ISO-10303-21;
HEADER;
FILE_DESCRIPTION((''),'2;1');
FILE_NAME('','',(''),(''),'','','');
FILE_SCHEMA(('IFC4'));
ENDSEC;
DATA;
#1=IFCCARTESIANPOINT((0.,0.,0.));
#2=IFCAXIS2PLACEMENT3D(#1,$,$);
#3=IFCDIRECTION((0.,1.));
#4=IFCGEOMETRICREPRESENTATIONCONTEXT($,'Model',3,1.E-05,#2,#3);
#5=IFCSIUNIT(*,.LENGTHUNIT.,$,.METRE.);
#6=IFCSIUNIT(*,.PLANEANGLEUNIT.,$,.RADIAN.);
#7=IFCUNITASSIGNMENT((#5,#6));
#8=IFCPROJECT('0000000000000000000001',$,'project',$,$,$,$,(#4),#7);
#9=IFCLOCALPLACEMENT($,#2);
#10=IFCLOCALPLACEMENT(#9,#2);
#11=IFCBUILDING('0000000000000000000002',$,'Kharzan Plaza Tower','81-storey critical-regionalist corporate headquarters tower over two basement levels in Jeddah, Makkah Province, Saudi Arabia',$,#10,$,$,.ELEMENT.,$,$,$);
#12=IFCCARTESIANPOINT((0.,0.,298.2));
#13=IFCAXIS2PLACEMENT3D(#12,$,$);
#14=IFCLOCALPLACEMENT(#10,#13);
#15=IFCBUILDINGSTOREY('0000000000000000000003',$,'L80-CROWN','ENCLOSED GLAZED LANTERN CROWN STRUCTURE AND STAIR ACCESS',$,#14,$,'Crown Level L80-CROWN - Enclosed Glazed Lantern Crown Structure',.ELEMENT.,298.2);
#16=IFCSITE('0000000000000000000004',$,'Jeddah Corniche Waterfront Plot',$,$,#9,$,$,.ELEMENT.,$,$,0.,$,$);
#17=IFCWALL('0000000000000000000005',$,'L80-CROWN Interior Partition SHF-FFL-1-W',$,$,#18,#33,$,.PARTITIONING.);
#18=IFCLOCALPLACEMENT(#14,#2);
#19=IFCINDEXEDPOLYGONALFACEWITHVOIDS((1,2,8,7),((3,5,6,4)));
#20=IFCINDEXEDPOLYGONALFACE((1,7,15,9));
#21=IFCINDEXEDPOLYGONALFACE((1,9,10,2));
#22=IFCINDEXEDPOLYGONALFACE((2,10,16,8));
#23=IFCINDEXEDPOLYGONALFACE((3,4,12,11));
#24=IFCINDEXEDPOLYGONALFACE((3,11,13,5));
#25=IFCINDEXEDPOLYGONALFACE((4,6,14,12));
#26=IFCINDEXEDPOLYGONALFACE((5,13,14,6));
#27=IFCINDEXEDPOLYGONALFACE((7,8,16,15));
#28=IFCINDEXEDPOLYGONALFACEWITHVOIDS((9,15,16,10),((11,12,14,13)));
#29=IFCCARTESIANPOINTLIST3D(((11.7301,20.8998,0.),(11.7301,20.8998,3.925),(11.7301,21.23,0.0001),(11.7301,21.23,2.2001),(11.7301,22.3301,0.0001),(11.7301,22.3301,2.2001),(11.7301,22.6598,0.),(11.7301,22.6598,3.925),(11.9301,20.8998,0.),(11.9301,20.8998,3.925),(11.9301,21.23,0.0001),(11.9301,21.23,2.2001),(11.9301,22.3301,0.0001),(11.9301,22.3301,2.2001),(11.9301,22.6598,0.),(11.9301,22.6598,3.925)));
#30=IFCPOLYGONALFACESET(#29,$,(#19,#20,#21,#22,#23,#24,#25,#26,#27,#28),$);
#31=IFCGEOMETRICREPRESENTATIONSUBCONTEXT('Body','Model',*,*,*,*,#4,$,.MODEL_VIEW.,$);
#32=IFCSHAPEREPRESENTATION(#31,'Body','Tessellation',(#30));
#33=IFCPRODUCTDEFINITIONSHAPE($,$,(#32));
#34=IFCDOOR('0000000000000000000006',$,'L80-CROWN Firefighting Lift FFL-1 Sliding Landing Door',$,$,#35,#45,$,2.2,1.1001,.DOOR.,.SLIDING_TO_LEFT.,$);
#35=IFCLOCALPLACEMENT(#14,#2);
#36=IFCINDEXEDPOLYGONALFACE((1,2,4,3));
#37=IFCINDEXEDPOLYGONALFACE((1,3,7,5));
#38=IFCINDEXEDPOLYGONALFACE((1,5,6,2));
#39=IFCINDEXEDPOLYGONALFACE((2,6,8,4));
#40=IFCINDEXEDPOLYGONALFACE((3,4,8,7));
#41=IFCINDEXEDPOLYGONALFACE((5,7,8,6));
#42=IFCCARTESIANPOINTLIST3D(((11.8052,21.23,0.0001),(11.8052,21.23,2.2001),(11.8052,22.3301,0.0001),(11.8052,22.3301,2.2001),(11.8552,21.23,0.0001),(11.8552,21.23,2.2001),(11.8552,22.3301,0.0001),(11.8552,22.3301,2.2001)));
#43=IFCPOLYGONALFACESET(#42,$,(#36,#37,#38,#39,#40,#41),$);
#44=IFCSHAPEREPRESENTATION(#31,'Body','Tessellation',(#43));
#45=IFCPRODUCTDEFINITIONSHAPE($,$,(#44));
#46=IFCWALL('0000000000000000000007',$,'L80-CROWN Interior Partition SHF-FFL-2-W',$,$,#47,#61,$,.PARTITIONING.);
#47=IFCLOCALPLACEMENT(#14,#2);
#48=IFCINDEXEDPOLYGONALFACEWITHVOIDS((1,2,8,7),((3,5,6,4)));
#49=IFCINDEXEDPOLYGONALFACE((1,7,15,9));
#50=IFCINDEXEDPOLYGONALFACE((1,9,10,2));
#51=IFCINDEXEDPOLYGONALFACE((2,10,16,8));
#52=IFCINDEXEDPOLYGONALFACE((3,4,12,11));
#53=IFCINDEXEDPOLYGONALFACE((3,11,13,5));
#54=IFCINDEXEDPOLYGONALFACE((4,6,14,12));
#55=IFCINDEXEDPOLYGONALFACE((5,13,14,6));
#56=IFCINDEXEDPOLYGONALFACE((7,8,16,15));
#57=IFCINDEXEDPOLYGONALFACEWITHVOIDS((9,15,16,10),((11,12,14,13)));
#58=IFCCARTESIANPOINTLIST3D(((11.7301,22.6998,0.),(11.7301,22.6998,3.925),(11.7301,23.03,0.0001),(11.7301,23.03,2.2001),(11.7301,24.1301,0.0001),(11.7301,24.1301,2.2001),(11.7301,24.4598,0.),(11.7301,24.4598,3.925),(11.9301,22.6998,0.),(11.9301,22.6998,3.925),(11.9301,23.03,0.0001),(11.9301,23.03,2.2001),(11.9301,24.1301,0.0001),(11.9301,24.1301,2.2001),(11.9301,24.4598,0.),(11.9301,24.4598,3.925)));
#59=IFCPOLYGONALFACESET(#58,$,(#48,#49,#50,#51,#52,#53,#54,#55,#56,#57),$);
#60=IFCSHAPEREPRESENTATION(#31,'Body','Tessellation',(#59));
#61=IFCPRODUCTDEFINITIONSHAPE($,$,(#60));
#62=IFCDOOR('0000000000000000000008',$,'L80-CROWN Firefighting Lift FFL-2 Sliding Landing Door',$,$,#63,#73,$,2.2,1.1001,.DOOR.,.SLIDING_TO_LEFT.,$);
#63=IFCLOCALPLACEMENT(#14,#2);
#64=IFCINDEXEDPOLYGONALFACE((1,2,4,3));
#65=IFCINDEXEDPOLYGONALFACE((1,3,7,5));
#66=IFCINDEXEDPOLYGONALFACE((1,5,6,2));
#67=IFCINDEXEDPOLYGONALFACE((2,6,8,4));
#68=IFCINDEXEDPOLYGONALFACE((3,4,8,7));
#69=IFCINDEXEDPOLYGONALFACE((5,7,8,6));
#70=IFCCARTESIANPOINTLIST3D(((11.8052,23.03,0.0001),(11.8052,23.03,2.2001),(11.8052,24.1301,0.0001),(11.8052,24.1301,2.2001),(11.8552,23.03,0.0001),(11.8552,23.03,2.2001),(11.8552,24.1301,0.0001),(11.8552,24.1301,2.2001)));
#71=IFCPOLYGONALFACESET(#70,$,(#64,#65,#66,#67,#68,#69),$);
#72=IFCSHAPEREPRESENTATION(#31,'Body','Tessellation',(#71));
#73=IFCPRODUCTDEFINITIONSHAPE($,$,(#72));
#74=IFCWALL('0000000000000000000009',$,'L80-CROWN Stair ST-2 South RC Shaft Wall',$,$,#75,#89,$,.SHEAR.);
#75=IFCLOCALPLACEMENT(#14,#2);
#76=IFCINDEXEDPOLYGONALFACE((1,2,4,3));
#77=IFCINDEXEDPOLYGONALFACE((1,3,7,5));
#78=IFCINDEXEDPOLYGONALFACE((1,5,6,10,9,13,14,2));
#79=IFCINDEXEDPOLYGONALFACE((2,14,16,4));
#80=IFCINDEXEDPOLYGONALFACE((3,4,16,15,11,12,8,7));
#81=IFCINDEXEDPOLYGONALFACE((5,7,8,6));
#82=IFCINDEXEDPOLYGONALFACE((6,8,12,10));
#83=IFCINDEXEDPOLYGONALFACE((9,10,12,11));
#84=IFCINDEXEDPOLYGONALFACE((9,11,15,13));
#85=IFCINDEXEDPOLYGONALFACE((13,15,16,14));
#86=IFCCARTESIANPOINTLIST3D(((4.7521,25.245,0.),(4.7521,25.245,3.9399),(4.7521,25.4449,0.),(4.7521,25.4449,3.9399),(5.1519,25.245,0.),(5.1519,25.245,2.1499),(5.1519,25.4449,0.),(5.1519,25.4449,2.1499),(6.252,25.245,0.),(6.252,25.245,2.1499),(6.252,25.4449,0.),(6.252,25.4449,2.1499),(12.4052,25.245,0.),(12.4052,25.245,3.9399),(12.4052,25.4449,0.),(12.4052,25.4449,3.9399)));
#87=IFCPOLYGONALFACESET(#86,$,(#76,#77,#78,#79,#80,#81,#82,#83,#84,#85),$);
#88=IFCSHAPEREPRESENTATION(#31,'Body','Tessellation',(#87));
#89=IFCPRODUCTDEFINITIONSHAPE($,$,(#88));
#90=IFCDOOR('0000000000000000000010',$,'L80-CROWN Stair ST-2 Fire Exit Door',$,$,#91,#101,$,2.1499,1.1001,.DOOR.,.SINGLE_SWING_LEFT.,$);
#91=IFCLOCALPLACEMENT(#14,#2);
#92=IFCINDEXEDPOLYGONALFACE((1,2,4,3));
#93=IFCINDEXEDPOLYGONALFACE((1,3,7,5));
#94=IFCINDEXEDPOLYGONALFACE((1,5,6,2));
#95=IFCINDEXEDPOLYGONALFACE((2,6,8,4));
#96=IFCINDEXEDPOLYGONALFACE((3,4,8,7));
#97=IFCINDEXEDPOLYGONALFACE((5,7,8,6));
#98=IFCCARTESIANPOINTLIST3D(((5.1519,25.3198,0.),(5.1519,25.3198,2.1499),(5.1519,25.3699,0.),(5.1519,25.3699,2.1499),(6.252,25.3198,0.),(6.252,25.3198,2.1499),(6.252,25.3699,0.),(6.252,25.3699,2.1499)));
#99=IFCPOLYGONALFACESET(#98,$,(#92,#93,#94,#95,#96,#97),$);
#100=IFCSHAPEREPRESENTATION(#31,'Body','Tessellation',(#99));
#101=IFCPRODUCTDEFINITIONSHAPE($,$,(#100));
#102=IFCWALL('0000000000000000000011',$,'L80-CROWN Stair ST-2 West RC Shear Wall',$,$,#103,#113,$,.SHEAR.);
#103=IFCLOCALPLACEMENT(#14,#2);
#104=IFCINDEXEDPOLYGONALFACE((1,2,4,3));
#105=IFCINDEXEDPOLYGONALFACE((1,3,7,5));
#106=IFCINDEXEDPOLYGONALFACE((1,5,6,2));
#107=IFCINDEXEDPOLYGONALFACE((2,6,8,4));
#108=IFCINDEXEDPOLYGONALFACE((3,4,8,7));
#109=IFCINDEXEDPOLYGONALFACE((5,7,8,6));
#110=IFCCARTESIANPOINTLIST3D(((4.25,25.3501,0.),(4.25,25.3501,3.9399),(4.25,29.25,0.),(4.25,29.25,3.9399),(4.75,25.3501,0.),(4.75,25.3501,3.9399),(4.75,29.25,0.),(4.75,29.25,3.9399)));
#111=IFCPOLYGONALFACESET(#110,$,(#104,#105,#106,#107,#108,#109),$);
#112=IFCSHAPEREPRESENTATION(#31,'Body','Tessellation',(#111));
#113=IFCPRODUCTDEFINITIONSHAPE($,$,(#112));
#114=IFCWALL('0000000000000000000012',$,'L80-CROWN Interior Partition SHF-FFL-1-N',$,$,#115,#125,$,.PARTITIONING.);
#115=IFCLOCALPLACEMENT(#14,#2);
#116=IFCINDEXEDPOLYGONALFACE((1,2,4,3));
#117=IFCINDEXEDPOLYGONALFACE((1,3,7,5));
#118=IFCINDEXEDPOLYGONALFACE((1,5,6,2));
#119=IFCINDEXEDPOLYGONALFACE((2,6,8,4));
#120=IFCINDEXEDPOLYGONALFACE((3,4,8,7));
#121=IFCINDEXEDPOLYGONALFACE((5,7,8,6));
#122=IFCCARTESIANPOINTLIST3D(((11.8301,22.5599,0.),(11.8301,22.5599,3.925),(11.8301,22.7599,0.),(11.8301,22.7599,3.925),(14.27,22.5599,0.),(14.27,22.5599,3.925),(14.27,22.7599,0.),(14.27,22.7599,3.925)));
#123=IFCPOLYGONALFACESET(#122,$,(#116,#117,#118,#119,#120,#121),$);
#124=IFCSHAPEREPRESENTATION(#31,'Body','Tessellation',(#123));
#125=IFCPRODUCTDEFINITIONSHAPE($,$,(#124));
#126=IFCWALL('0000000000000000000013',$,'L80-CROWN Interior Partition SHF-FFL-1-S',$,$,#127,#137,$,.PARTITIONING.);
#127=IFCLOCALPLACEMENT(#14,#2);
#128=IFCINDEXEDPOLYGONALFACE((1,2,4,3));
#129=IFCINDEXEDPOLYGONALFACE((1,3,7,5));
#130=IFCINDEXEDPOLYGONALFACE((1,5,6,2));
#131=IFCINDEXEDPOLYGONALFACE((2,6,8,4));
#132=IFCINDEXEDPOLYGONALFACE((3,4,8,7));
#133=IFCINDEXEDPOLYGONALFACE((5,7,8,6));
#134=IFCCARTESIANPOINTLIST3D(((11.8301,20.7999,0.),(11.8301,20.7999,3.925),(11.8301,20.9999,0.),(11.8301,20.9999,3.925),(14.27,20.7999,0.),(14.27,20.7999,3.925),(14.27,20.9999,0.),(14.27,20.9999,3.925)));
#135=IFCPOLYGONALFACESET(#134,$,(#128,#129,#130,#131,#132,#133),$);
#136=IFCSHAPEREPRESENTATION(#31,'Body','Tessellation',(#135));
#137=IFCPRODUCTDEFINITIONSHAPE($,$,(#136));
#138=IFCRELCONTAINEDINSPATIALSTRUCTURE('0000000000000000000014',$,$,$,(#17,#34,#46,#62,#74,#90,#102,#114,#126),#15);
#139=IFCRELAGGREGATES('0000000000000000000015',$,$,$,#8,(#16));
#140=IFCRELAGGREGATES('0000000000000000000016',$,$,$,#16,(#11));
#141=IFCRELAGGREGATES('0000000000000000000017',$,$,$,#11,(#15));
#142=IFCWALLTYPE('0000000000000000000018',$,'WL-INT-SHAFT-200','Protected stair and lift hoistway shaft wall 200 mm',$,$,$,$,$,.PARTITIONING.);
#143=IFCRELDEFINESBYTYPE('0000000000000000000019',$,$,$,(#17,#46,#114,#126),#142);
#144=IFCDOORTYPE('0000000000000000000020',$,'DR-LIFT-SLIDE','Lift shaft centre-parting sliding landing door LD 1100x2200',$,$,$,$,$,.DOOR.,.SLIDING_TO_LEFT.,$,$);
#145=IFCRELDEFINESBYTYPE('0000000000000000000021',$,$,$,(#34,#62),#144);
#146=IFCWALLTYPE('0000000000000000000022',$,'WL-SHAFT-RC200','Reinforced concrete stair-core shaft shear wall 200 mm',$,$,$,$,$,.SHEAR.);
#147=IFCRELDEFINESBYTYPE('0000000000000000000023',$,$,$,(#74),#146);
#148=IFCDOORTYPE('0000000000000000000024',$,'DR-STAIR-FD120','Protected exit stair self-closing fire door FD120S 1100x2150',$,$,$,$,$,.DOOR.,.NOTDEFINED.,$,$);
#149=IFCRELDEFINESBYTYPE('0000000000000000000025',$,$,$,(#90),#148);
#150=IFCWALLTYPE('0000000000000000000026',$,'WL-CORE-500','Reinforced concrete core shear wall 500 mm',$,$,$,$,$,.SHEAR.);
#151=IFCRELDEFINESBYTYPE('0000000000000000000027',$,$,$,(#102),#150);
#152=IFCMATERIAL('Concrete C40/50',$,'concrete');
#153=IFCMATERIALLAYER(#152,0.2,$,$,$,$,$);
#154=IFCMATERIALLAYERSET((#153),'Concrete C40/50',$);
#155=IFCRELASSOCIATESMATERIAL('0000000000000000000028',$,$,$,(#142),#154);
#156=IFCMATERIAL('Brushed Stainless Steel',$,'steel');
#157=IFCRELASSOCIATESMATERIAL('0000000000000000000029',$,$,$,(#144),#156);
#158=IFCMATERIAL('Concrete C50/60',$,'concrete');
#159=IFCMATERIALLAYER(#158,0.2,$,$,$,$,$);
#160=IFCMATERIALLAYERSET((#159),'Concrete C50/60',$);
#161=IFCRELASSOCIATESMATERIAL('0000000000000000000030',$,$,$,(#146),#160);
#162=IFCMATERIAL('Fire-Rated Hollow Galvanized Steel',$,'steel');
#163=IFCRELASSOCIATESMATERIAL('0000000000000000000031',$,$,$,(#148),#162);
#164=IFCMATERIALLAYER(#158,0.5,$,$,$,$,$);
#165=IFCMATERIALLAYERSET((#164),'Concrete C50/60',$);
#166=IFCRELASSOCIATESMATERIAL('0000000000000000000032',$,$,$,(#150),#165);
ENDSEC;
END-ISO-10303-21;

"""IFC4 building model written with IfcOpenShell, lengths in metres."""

from ifc_helpers import new_model, si_unit, direction, frame, frame_2d, origin, place, context, subcontext, project, spatial, rectangle, extrude, source, transform, mapped, material, layer, layer_set, type_object, element, fill, save


model = new_model("IFC4")

# Units and contexts
model_context = context("Model", 3, precision=1e-05, world=origin(), true_north=direction((0.0, 1.0)))
body_context = subcontext(model_context, "Body", "Model", "MODEL_VIEW")
ifc_project = project(units=[si_unit("LENGTHUNIT", "METRE"), si_unit("PLANEANGLEUNIT", "RADIAN")], contexts=[model_context])

# Site, building, storey
site_placement = place(None, origin())
site = spatial("IfcSite", under=ifc_project, at=site_placement, Name="Jeddah Corniche Waterfront Plot", CompositionType="ELEMENT", RefElevation=0.0)
building_placement = place(site_placement, origin())
building = spatial("IfcBuilding", under=site, at=building_placement, Name="Kharzan Plaza Tower", Description="81-storey critical-regionalist corporate headquarters tower over two basement levels in Jeddah, Makkah Province, Saudi Arabia", CompositionType="ELEMENT")
storey_placement = place(building_placement, frame((0.0, 0.0, 298.2)))
storey = spatial("IfcBuildingStorey", under=building, at=storey_placement, Name="L80-CROWN", Description="ENCLOSED GLAZED LANTERN CROWN STRUCTURE AND STAIR ACCESS", LongName="Crown Level L80-CROWN - Enclosed Glazed Lantern Crown Structure", CompositionType="ELEMENT", Elevation=298.2)

# Walls, openings, doors
ifc_material_1 = material(Name="Concrete C40/50", Category="concrete")
ifc_layer_1 = layer(ifc_material_1, 0.2)
ifc_layer_set_1 = layer_set([ifc_layer_1], Name="Concrete C40/50")
wall_type_1 = type_object("IfcWallType", Name="WL-INT-SHAFT-200", Description="Protected stair and lift hoistway shaft wall 200 mm", PredefinedType="PARTITIONING", material=ifc_layer_set_1)
wall_1_placement = place(storey_placement, frame((11.8301, 20.8999, 0.0), z_axis=(0.0, 0.0, 1.0), x_axis=(0.0, 1.0, 0.0)))
wall_1 = element("IfcWall", 1, at=wall_1_placement, inside=storey, type_object=wall_type_1, Name="L80-CROWN Interior Partition SHF-FFL-1-W", PredefinedType="PARTITIONING", context=body_context, shape_type="SweptSolid", body=[
    extrude(rectangle(XDim=1.76, YDim=0.2, at=frame_2d((0.8799, 0.0))), origin(), (0.0, 0.0, 1.0), 3.925),
])
opening_1_placement = place(wall_1_placement, frame((0.3301, 0.0, 0.0)))
opening_1 = element("IfcOpeningElement", 2, at=opening_1_placement, cuts=wall_1, PredefinedType="OPENING", context=body_context, shape_type="SweptSolid", body=[
    extrude(rectangle(XDim=1.1001, YDim=2.2, at=frame_2d((0.55, 1.1001))), frame((0.0, 0.1099, 0.0), z_axis=(0.0, -1.0, 0.0), x_axis=(1.0, 0.0, 0.0)), (0.0, 0.0, 1.0), 0.22),
])
ifc_material_2 = material(Name="Brushed Stainless Steel", Category="steel")
door_type_1 = type_object("IfcDoorType", Name="DR-LIFT-SLIDE", Description="Lift shaft centre-parting sliding landing door LD 1100x2200", OperationType="SLIDING_TO_LEFT", PredefinedType="DOOR", material=ifc_material_2)
shared_shape_1 = source(origin(), body_context, "Body", "SweptSolid", [
    extrude(rectangle(XDim=1.1001, YDim=2.2, at=frame_2d((0.55, 1.1001))), frame((0.0, 0.0249, 0.0), z_axis=(0.0, -1.0, 0.0), x_axis=(1.0, 0.0, 0.0)), (0.0, 0.0, 1.0), 0.05),
])
door_1_placement = place(opening_1_placement, origin())
door_1 = element("IfcDoor", 3, at=door_1_placement, inside=storey, type_object=door_type_1, Name="L80-CROWN Firefighting Lift FFL-1 Sliding Landing Door", OperationType="SLIDING_TO_LEFT", OverallHeight=2.2, OverallWidth=1.1001, PredefinedType="DOOR", context=body_context, shape_type="MappedRepresentation", body=[
    mapped(shared_shape_1, transform((0.0, 0.0, 0.0), x_axis=(1.0, 0.0, 0.0), y_axis=(0.0, 1.0, 0.0), z_axis=(0.0, 0.0, 1.0))),
])
fill(opening_1, door_1)
wall_2_placement = place(storey_placement, frame((11.8301, 22.7, 0.0), z_axis=(0.0, 0.0, 1.0), x_axis=(0.0, 1.0, 0.0)))
wall_2 = element("IfcWall", 4, at=wall_2_placement, inside=storey, type_object=wall_type_1, Name="L80-CROWN Interior Partition SHF-FFL-2-W", PredefinedType="PARTITIONING", context=body_context, shape_type="SweptSolid", body=[
    extrude(rectangle(XDim=1.76, YDim=0.2, at=frame_2d((0.8799, 0.0))), origin(), (0.0, 0.0, 1.0), 3.925),
])
opening_2_placement = place(wall_2_placement, frame((0.3301, 0.0, 0.0)))
opening_2 = element("IfcOpeningElement", 5, at=opening_2_placement, cuts=wall_2, PredefinedType="OPENING", context=body_context, shape_type="SweptSolid", body=[
    extrude(rectangle(XDim=1.1001, YDim=2.2, at=frame_2d((0.55, 1.1001))), frame((0.0, 0.1099, 0.0), z_axis=(0.0, -1.0, 0.0), x_axis=(1.0, 0.0, 0.0)), (0.0, 0.0, 1.0), 0.22),
])
door_2_placement = place(opening_2_placement, origin())
door_2 = element("IfcDoor", 6, at=door_2_placement, inside=storey, type_object=door_type_1, Name="L80-CROWN Firefighting Lift FFL-2 Sliding Landing Door", OperationType="SLIDING_TO_LEFT", OverallHeight=2.2, OverallWidth=1.1001, PredefinedType="DOOR", context=body_context, shape_type="MappedRepresentation", body=[
    mapped(shared_shape_1, transform((0.0, 0.0, 0.0), x_axis=(1.0, 0.0, 0.0), y_axis=(0.0, 1.0, 0.0), z_axis=(0.0, 0.0, 1.0))),
])
fill(opening_2, door_2)
ifc_material_3 = material(Name="Concrete C50/60", Category="concrete")
ifc_layer_2 = layer(ifc_material_3, 0.2)
ifc_layer_set_2 = layer_set([ifc_layer_2], Name="Concrete C50/60")
wall_type_2 = type_object("IfcWallType", Name="WL-SHAFT-RC200", Description="Reinforced concrete stair-core shaft shear wall 200 mm", PredefinedType="SHEAR", material=ifc_layer_set_2)
wall_3_placement = place(storey_placement, frame((4.752, 25.345, 0.0), z_axis=(0.0, 0.0, 1.0), x_axis=(1.0, 0.0, 0.0)))
wall_3 = element("IfcWall", 7, at=wall_3_placement, inside=storey, type_object=wall_type_2, Name="L80-CROWN Stair ST-2 South RC Shaft Wall", PredefinedType="SHEAR", context=body_context, shape_type="SweptSolid", body=[
    extrude(rectangle(XDim=7.6531, YDim=0.2, at=frame_2d((3.8267, 0.0))), origin(), (0.0, 0.0, 1.0), 3.9399),
])
opening_3_placement = place(wall_3_placement, frame((0.3999, 0.0, 0.0)))
opening_3 = element("IfcOpeningElement", 8, at=opening_3_placement, cuts=wall_3, PredefinedType="OPENING", context=body_context, shape_type="SweptSolid", body=[
    extrude(rectangle(XDim=1.1001, YDim=2.1499, at=frame_2d((0.55, 1.075))), frame((0.0, 0.1099, 0.0), z_axis=(0.0, -1.0, 0.0), x_axis=(1.0, 0.0, 0.0)), (0.0, 0.0, 1.0), 0.22),
])
ifc_material_4 = material(Name="Fire-Rated Hollow Galvanized Steel", Category="steel")
door_type_2 = type_object("IfcDoorType", Name="DR-STAIR-FD120", Description="Protected exit stair self-closing fire door FD120S 1100x2150", OperationType="NOTDEFINED", PredefinedType="DOOR", material=ifc_material_4)
shared_shape_2 = source(origin(), body_context, "Body", "SweptSolid", [
    extrude(rectangle(XDim=1.1001, YDim=2.1499, at=frame_2d((0.55, 1.075))), frame((0.0, 0.0249, 0.0), z_axis=(0.0, -1.0, 0.0), x_axis=(1.0, 0.0, 0.0)), (0.0, 0.0, 1.0), 0.05),
])
door_3_placement = place(opening_3_placement, origin())
door_3 = element("IfcDoor", 9, at=door_3_placement, inside=storey, type_object=door_type_2, Name="L80-CROWN Stair ST-2 Fire Exit Door", OperationType="SINGLE_SWING_LEFT", OverallHeight=2.1499, OverallWidth=1.1001, PredefinedType="DOOR", context=body_context, shape_type="MappedRepresentation", body=[
    mapped(shared_shape_2, transform((0.0, 0.0, 0.0), x_axis=(1.0, 0.0, 0.0), y_axis=(0.0, 1.0, 0.0), z_axis=(0.0, 0.0, 1.0))),
])
fill(opening_3, door_3)

# Walls
ifc_layer_3 = layer(ifc_material_3, 0.5)
ifc_layer_set_3 = layer_set([ifc_layer_3], Name="Concrete C50/60")
wall_type_3 = type_object("IfcWallType", Name="WL-CORE-500", Description="Reinforced concrete core shear wall 500 mm", PredefinedType="SHEAR", material=ifc_layer_set_3)
shared_shape_3 = source(origin(), body_context, "Body", "SweptSolid", [
    extrude(rectangle(XDim=3.8999, YDim=0.5, at=frame_2d((1.95, 0.0))), origin(), (0.0, 0.0, 1.0), 3.9399),
])
wall_4_placement = place(storey_placement, frame((4.5, 25.3501, 0.0), z_axis=(0.0, 0.0, 1.0), x_axis=(0.0, 1.0, 0.0)))
element("IfcWall", 10, at=wall_4_placement, inside=storey, type_object=wall_type_3, Name="L80-CROWN Stair ST-2 West RC Shear Wall", PredefinedType="SHEAR", context=body_context, shape_type="MappedRepresentation", body=[
    mapped(shared_shape_3, transform((0.0, 0.0, 0.0), x_axis=(1.0, 0.0, 0.0), y_axis=(0.0, 1.0, 0.0), z_axis=(0.0, 0.0, 1.0))),
])
shared_shape_4 = source(origin(), body_context, "Body", "SweptSolid", [
    extrude(rectangle(XDim=2.4399, YDim=0.2, at=frame_2d((1.22, 0.0))), origin(), (0.0, 0.0, 1.0), 3.925),
])
for number, where, z_axis, x_axis, name in (
    (11, (11.8301, 22.6599, 0.0), (0.0, 0.0, 1.0), (1.0, 0.0, 0.0), "L80-CROWN Interior Partition SHF-FFL-1-N"),
    (12, (11.8301, 20.8999, 0.0), (0.0, 0.0, 1.0), (1.0, 0.0, 0.0), "L80-CROWN Interior Partition SHF-FFL-1-S"),
):
    element("IfcWall", number, at=place(storey_placement, frame(where, z_axis=z_axis, x_axis=x_axis)), inside=storey, type_object=wall_type_1, Name=name, PredefinedType="PARTITIONING", context=body_context, shape_type="MappedRepresentation", body=[
        mapped(shared_shape_4, transform((0.0, 0.0, 0.0), x_axis=(1.0, 0.0, 0.0), y_axis=(0.0, 1.0, 0.0), z_axis=(0.0, 0.0, 1.0))),
    ])

save(model, "model.ifc")
